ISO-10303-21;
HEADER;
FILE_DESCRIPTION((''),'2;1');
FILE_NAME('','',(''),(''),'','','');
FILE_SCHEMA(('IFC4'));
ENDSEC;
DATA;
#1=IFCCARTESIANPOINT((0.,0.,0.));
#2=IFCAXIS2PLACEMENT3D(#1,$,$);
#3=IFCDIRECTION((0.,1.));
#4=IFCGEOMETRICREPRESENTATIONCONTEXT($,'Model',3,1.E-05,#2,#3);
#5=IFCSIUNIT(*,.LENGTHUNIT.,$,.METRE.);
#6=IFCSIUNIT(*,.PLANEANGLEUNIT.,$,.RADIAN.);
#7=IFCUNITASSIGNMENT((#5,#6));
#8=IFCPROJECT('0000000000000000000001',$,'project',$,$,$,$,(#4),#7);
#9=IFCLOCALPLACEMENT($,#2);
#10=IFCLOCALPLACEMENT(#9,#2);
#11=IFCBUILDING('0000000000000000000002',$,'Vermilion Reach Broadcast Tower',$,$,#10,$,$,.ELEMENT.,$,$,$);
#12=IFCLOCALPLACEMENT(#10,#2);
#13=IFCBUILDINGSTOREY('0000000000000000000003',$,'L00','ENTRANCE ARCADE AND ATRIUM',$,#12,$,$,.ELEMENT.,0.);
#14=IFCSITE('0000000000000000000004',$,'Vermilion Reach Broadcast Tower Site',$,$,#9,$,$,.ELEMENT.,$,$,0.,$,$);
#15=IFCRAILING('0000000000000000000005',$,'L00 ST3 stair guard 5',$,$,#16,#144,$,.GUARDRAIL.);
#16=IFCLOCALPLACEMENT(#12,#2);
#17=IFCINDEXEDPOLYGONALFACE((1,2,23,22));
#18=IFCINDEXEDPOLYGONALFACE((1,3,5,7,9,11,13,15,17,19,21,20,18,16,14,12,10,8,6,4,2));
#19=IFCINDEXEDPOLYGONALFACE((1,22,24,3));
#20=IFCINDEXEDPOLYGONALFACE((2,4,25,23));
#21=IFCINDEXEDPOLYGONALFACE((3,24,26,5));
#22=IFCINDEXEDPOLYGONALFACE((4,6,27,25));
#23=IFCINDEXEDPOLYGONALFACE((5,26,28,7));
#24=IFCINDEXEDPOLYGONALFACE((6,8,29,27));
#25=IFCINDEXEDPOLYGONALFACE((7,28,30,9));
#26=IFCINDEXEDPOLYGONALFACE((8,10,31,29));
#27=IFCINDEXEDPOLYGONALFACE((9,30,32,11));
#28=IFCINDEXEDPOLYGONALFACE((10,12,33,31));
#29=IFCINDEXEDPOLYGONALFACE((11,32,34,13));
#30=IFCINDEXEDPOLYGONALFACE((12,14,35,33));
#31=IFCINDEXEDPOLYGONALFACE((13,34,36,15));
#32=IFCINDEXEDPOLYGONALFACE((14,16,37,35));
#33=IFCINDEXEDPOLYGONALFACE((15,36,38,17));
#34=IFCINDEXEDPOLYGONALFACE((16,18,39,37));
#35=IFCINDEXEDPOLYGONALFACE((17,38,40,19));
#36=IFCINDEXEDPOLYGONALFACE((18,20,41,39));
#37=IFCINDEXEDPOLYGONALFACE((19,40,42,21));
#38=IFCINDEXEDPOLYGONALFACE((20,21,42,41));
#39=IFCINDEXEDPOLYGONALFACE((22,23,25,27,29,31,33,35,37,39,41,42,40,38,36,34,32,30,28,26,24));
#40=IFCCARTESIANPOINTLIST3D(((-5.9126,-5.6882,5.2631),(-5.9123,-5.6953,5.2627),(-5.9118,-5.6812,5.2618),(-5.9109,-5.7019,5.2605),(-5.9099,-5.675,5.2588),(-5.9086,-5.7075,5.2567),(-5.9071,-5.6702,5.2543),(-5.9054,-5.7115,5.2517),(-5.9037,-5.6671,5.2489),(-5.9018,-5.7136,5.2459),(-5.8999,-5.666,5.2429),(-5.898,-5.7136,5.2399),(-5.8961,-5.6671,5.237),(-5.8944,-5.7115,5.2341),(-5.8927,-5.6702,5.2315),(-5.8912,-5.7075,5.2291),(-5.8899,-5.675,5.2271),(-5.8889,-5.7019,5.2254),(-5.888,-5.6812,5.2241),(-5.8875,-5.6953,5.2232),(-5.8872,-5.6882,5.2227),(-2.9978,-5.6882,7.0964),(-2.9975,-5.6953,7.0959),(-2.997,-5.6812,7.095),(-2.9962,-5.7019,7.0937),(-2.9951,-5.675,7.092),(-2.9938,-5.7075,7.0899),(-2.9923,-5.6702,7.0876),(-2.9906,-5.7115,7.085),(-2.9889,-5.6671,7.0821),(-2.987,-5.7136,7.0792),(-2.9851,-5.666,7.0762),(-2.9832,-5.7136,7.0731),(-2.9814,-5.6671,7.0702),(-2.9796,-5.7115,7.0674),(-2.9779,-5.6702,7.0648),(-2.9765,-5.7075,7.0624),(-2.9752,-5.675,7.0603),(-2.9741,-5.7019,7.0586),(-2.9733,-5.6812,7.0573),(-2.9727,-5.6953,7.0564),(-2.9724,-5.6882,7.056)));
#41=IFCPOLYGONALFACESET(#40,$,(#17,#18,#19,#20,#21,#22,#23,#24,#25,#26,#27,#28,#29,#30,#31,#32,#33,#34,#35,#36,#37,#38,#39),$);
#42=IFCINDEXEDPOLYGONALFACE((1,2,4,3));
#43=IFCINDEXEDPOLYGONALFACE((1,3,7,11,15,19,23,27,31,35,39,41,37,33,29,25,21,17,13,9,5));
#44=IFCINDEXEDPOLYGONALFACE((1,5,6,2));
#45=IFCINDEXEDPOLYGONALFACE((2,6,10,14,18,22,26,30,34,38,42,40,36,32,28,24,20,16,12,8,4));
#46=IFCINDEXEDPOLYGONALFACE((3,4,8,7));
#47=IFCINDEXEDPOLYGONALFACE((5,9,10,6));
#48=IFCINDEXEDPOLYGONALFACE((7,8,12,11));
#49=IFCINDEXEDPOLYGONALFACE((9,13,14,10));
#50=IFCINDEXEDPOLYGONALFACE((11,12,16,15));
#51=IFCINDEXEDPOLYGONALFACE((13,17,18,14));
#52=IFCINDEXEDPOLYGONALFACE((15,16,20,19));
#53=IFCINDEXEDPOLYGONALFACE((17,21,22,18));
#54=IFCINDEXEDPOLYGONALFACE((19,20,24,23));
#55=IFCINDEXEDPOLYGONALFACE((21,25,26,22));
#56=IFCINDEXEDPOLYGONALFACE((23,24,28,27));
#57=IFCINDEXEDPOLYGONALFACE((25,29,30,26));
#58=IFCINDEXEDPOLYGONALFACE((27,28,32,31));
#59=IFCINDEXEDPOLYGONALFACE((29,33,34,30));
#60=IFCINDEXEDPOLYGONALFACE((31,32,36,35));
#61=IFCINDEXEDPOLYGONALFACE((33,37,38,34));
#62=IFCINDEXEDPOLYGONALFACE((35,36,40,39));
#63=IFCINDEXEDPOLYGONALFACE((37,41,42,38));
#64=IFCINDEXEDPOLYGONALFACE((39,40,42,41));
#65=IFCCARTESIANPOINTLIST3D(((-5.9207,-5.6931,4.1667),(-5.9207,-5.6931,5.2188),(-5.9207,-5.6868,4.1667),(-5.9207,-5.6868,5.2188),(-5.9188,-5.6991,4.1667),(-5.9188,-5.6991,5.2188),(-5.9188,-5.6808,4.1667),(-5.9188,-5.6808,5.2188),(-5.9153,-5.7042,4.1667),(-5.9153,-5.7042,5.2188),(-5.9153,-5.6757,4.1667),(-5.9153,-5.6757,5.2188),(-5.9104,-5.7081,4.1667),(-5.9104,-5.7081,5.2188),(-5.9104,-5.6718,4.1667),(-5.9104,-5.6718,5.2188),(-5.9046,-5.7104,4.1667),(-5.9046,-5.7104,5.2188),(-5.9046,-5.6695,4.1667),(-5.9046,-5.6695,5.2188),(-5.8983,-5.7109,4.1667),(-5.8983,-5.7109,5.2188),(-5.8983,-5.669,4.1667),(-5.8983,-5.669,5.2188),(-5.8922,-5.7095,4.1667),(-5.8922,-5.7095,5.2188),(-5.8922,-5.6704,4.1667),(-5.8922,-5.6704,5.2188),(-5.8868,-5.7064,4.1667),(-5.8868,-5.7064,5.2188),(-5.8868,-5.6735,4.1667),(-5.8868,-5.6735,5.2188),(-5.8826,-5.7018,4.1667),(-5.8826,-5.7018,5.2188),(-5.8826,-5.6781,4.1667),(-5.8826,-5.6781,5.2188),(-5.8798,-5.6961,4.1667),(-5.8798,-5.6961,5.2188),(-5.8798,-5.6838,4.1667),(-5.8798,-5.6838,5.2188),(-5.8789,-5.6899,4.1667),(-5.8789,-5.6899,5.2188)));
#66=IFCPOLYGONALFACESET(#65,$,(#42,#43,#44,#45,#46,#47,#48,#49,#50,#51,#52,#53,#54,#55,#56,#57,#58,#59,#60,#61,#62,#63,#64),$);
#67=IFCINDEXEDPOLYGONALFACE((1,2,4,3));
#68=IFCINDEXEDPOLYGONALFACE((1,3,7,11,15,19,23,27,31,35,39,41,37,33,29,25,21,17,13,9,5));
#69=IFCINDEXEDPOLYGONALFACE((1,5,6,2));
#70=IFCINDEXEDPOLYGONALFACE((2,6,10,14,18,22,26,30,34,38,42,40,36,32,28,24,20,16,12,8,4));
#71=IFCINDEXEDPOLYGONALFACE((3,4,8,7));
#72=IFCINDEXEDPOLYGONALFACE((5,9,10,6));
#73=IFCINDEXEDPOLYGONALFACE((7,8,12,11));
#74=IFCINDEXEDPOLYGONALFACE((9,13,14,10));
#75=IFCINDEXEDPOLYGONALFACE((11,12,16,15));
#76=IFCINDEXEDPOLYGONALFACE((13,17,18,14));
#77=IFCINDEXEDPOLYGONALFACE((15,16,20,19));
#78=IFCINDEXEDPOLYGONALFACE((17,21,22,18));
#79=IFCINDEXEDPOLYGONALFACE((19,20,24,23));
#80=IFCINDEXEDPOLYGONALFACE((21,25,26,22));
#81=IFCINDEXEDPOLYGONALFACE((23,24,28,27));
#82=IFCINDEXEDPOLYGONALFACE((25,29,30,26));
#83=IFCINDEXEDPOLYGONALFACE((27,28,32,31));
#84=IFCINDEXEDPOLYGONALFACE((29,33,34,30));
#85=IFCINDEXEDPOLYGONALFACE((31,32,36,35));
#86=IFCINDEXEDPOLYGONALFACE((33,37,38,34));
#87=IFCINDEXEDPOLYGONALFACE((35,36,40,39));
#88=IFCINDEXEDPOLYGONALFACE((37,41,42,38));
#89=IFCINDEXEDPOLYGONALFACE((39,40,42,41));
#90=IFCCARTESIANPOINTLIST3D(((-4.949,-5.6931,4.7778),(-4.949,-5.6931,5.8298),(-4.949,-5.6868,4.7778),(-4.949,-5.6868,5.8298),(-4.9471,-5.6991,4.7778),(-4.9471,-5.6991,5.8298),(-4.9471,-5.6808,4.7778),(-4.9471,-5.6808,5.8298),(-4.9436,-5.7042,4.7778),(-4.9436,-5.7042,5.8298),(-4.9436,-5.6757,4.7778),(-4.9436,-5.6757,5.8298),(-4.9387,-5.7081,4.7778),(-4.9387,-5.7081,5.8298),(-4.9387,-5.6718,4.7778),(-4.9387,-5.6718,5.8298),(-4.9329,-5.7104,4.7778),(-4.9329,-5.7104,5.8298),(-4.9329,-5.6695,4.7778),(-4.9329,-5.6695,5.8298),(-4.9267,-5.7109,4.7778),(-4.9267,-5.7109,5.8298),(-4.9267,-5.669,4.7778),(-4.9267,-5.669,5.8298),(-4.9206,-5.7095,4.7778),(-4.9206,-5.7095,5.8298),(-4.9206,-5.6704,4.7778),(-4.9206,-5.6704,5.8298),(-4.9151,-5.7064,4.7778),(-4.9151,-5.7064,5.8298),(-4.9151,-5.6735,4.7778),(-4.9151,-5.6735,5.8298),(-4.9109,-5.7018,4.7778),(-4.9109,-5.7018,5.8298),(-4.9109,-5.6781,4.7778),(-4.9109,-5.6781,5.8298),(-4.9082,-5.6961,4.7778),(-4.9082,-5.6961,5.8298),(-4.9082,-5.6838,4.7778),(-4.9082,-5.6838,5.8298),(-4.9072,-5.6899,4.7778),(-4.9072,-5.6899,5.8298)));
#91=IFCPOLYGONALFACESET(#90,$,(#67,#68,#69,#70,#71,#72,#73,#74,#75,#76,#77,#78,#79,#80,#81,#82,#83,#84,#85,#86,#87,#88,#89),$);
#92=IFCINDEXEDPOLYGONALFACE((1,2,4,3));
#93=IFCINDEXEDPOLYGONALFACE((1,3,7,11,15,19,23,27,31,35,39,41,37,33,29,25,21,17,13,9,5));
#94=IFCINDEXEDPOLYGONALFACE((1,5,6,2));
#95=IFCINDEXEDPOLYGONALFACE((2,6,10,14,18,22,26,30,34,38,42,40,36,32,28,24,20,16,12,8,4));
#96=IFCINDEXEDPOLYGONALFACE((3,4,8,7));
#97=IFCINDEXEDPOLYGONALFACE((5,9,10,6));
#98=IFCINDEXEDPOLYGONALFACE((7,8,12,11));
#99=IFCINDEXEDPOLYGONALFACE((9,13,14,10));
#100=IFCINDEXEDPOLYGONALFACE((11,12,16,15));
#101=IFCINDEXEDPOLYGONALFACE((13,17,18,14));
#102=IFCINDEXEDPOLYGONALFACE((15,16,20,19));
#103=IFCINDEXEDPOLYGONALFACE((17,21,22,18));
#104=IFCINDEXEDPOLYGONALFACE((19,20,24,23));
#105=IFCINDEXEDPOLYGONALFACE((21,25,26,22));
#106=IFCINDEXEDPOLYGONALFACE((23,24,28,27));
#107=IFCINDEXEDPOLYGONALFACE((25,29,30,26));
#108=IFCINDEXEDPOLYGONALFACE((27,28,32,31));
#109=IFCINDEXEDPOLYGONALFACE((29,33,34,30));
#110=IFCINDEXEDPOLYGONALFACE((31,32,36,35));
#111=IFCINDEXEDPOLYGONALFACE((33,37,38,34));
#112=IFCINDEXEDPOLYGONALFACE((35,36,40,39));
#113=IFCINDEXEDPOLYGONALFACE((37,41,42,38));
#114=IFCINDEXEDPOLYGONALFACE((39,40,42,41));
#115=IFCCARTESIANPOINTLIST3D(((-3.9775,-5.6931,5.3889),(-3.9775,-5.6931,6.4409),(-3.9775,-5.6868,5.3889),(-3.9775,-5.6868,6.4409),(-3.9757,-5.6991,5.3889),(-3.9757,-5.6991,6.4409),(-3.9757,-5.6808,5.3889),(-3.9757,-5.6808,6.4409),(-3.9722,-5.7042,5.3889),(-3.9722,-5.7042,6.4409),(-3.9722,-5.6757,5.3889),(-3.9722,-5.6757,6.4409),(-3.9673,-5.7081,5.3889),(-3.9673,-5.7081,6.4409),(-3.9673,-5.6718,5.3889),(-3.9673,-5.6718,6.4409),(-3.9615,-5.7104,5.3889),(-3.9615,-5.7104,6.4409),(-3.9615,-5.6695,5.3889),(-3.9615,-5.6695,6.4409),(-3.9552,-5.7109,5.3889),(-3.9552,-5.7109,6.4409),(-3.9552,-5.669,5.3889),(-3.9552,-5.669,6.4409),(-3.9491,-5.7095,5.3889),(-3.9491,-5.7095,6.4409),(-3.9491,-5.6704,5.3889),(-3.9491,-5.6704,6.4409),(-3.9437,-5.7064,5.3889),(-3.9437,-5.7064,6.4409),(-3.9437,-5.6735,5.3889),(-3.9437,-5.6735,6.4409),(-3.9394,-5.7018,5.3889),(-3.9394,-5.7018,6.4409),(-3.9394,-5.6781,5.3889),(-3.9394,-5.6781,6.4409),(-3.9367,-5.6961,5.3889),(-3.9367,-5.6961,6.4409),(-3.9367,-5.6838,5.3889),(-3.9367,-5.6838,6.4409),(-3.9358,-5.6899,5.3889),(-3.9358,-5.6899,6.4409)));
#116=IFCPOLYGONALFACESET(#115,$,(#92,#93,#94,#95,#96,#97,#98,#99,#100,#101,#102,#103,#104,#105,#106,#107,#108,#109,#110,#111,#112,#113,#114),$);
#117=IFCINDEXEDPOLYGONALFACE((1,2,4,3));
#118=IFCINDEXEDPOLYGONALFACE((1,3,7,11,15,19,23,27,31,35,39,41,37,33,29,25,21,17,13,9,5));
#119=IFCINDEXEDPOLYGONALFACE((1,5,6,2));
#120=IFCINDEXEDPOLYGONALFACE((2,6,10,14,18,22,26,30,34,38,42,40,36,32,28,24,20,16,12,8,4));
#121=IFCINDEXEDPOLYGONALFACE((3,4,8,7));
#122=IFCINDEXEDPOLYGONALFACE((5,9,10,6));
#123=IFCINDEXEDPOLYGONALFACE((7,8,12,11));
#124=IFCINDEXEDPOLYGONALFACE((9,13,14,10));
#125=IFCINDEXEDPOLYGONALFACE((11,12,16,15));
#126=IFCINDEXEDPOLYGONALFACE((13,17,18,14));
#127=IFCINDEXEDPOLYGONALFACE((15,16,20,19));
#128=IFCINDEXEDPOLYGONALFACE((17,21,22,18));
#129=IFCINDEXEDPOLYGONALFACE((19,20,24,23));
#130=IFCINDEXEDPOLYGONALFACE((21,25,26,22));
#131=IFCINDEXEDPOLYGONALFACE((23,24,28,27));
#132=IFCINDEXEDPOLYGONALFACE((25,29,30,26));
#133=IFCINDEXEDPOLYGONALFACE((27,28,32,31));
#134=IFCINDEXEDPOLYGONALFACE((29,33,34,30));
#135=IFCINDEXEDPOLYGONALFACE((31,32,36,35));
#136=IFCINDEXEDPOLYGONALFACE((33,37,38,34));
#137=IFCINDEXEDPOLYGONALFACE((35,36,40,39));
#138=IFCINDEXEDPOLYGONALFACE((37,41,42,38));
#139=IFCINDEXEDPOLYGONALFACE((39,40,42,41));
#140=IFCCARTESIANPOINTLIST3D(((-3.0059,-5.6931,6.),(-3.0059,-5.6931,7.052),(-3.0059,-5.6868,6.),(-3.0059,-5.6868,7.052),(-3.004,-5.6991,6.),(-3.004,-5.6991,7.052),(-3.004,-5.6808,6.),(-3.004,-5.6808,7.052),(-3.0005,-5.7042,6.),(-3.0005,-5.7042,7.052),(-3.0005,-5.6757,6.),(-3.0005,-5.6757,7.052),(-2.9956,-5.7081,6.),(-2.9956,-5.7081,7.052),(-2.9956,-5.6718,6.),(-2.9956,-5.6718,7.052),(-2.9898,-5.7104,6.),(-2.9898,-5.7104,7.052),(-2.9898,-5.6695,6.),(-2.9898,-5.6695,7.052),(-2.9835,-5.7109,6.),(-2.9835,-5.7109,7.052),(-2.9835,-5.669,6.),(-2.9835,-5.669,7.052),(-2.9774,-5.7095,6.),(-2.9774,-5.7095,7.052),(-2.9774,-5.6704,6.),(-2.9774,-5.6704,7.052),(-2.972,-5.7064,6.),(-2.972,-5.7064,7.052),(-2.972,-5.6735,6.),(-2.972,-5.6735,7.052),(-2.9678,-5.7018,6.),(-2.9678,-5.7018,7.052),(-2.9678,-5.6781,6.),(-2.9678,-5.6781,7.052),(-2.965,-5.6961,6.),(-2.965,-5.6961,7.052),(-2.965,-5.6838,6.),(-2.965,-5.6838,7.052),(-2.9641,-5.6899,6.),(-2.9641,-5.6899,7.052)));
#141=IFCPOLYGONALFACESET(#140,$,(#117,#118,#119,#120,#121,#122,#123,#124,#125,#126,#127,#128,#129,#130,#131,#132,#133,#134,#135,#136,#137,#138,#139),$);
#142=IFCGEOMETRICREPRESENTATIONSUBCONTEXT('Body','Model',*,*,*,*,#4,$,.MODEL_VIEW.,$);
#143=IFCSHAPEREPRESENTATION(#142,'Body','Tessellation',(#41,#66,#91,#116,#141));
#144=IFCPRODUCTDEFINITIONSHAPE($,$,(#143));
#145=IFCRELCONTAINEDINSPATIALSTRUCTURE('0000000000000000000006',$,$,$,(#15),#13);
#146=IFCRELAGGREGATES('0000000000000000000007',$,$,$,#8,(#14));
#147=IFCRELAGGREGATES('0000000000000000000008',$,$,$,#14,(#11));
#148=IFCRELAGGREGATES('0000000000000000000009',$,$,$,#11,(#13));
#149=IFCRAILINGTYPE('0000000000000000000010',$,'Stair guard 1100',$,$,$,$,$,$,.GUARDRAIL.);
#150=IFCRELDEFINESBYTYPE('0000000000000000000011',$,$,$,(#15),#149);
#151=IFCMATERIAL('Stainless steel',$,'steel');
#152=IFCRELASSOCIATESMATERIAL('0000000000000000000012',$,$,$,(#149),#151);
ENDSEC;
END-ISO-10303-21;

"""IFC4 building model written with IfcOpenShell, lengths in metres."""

from ifc_helpers import new_model, si_unit, direction, frame, origin, origin_2d, place, context, subcontext, project, spatial, circle, extrude, material, type_object, element, save


model = new_model("IFC4")

# Units and contexts
model_context = context("Model", 3, precision=1e-05, world=origin(), true_north=direction((0.0, 1.0)))
body_context = subcontext(model_context, "Body", "Model", "MODEL_VIEW")
ifc_project = project(units=[si_unit("LENGTHUNIT", "METRE"), si_unit("PLANEANGLEUNIT", "RADIAN")], contexts=[model_context])

# Site, building, storey
site_placement = place(None, origin())
site = spatial("IfcSite", under=ifc_project, at=site_placement, Name="Vermilion Reach Broadcast Tower Site", CompositionType="ELEMENT", RefElevation=0.0)
building_placement = place(site_placement, origin())
building = spatial("IfcBuilding", under=site, at=building_placement, Name="Vermilion Reach Broadcast Tower", CompositionType="ELEMENT")
storey_placement = place(building_placement, origin())
storey = spatial("IfcBuildingStorey", under=building, at=storey_placement, Name="L00", Description="ENTRANCE ARCADE AND ATRIUM", CompositionType="ELEMENT", Elevation=0.0)

# Railing
ifc_material_1 = material(Name="Stainless steel", Category="steel")
railing_type_1 = type_object("IfcRailingType", Name="Stair guard 1100", PredefinedType="GUARDRAIL", material=ifc_material_1)
railing_1_placement = place(storey_placement, frame((-5.8999, -5.6899, 4.1667)))
element("IfcRailing", 1, at=railing_1_placement, inside=storey, type_object=railing_type_1, Name="L00 ST3 stair guard 5", PredefinedType="GUARDRAIL", context=body_context, shape_type="SweptSolid", body=[
    extrude(circle(Radius=0.0239, at=origin_2d()), frame((0.0, 0.0, 1.0762), z_axis=(0.846493, 0.0, 0.532399), x_axis=(0.0, 1.0, 0.0)), (0.0, 0.0, 1.0), 3.4434),
    extrude(circle(Radius=0.021, at=origin_2d()), origin(), (0.0, 0.0, 1.0), 1.052),
    extrude(circle(Radius=0.021, at=origin_2d()), frame((0.9717, 0.0, 0.6111)), (0.0, 0.0, 1.0), 1.052),
    extrude(circle(Radius=0.021, at=origin_2d()), frame((1.9431, 0.0, 1.2222)), (0.0, 0.0, 1.0), 1.052),
    extrude(circle(Radius=0.021, at=origin_2d()), frame((2.9148, 0.0, 1.8333)), (0.0, 0.0, 1.0), 1.052),
])

save(model, "model.ifc")
